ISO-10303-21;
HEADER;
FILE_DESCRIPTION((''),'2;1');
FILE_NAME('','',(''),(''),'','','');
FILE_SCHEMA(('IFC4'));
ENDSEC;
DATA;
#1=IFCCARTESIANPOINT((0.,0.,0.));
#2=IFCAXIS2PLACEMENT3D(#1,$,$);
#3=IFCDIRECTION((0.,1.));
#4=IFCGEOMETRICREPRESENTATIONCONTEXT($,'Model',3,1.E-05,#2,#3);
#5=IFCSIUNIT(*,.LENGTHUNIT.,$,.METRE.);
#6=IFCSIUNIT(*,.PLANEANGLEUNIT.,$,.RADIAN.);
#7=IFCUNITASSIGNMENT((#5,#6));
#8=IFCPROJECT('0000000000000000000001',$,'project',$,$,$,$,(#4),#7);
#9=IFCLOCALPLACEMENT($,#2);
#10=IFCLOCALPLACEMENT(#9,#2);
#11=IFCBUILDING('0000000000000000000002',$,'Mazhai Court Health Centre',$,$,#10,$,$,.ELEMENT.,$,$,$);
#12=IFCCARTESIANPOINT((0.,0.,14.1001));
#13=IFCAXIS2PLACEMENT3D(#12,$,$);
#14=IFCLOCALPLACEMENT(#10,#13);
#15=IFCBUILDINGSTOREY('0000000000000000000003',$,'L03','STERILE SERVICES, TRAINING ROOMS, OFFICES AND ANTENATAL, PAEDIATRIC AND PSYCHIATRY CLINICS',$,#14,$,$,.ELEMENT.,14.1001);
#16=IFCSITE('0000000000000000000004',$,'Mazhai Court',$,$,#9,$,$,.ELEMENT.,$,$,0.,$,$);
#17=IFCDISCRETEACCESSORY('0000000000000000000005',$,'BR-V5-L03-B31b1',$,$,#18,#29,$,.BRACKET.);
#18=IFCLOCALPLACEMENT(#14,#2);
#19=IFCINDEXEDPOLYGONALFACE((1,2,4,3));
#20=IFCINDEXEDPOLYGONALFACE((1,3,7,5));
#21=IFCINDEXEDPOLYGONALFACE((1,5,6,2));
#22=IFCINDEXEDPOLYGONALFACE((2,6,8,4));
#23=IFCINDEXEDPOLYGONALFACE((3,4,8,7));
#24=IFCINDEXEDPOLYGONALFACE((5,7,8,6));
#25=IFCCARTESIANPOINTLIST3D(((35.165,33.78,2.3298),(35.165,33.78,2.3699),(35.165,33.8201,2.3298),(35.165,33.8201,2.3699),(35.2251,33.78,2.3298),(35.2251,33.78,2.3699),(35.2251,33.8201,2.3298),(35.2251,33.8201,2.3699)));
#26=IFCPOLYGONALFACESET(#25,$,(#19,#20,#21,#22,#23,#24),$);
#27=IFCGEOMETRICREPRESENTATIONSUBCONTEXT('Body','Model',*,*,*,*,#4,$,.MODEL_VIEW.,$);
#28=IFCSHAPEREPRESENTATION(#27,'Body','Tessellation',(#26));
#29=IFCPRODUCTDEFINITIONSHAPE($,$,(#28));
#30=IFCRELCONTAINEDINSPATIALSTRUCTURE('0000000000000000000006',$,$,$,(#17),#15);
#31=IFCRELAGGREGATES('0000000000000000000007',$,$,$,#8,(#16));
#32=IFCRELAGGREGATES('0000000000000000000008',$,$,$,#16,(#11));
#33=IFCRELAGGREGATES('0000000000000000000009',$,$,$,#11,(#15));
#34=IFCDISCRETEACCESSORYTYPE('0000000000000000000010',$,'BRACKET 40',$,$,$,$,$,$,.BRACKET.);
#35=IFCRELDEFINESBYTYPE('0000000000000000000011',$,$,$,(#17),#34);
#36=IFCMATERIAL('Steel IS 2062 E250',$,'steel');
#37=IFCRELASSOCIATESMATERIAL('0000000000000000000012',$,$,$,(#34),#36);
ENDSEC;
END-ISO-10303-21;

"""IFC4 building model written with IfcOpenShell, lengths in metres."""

from ifc_helpers import new_model, si_unit, direction, frame, origin, origin_2d, place, context, subcontext, project, spatial, rectangle, extrude, material, type_object, element, save


model = new_model("IFC4")

# Units and contexts
model_context = context("Model", 3, precision=1e-05, world=origin(), true_north=direction((0.0, 1.0)))
body_context = subcontext(model_context, "Body", "Model", "MODEL_VIEW")
ifc_project = project(units=[si_unit("LENGTHUNIT", "METRE"), si_unit("PLANEANGLEUNIT", "RADIAN")], contexts=[model_context])

# Site, building, storey
site_placement = place(None, origin())
site = spatial("IfcSite", under=ifc_project, at=site_placement, Name="Mazhai Court", CompositionType="ELEMENT", RefElevation=0.0)
building_placement = place(site_placement, origin())
building = spatial("IfcBuilding", under=site, at=building_placement, Name="Mazhai Court Health Centre", CompositionType="ELEMENT")
storey_placement = place(building_placement, frame((0.0, 0.0, 14.1001)))
storey = spatial("IfcBuildingStorey", under=building, at=storey_placement, Name="L03", Description="STERILE SERVICES, TRAINING ROOMS, OFFICES AND ANTENATAL, PAEDIATRIC AND PSYCHIATRY CLINICS", CompositionType="ELEMENT", Elevation=14.1001)

# Discrete accessory
ifc_material_1 = material(Name="Steel IS 2062 E250", Category="steel")
discrete_accessory_type = type_object("IfcDiscreteAccessoryType", Name="BRACKET 40", PredefinedType="BRACKET", material=ifc_material_1)
for number, where, z_axis, x_axis, name in (
    (1, (35.1951, 33.8, 2.3298), (0.0, 0.0, 1.0), (0.0, 1.0, 0.0), "BR-V5-L03-B31b1"),
):
    element("IfcDiscreteAccessory", number, at=place(storey_placement, frame(where, z_axis=z_axis, x_axis=x_axis)), inside=storey, type_object=discrete_accessory_type, Name=name, PredefinedType="BRACKET", context=body_context, shape_type="SweptSolid", body=[
        extrude(rectangle(XDim=0.04, YDim=0.0601, at=origin_2d()), origin(), (0.0, 0.0, 1.0), 0.04),
    ])

save(model, "model.ifc")
